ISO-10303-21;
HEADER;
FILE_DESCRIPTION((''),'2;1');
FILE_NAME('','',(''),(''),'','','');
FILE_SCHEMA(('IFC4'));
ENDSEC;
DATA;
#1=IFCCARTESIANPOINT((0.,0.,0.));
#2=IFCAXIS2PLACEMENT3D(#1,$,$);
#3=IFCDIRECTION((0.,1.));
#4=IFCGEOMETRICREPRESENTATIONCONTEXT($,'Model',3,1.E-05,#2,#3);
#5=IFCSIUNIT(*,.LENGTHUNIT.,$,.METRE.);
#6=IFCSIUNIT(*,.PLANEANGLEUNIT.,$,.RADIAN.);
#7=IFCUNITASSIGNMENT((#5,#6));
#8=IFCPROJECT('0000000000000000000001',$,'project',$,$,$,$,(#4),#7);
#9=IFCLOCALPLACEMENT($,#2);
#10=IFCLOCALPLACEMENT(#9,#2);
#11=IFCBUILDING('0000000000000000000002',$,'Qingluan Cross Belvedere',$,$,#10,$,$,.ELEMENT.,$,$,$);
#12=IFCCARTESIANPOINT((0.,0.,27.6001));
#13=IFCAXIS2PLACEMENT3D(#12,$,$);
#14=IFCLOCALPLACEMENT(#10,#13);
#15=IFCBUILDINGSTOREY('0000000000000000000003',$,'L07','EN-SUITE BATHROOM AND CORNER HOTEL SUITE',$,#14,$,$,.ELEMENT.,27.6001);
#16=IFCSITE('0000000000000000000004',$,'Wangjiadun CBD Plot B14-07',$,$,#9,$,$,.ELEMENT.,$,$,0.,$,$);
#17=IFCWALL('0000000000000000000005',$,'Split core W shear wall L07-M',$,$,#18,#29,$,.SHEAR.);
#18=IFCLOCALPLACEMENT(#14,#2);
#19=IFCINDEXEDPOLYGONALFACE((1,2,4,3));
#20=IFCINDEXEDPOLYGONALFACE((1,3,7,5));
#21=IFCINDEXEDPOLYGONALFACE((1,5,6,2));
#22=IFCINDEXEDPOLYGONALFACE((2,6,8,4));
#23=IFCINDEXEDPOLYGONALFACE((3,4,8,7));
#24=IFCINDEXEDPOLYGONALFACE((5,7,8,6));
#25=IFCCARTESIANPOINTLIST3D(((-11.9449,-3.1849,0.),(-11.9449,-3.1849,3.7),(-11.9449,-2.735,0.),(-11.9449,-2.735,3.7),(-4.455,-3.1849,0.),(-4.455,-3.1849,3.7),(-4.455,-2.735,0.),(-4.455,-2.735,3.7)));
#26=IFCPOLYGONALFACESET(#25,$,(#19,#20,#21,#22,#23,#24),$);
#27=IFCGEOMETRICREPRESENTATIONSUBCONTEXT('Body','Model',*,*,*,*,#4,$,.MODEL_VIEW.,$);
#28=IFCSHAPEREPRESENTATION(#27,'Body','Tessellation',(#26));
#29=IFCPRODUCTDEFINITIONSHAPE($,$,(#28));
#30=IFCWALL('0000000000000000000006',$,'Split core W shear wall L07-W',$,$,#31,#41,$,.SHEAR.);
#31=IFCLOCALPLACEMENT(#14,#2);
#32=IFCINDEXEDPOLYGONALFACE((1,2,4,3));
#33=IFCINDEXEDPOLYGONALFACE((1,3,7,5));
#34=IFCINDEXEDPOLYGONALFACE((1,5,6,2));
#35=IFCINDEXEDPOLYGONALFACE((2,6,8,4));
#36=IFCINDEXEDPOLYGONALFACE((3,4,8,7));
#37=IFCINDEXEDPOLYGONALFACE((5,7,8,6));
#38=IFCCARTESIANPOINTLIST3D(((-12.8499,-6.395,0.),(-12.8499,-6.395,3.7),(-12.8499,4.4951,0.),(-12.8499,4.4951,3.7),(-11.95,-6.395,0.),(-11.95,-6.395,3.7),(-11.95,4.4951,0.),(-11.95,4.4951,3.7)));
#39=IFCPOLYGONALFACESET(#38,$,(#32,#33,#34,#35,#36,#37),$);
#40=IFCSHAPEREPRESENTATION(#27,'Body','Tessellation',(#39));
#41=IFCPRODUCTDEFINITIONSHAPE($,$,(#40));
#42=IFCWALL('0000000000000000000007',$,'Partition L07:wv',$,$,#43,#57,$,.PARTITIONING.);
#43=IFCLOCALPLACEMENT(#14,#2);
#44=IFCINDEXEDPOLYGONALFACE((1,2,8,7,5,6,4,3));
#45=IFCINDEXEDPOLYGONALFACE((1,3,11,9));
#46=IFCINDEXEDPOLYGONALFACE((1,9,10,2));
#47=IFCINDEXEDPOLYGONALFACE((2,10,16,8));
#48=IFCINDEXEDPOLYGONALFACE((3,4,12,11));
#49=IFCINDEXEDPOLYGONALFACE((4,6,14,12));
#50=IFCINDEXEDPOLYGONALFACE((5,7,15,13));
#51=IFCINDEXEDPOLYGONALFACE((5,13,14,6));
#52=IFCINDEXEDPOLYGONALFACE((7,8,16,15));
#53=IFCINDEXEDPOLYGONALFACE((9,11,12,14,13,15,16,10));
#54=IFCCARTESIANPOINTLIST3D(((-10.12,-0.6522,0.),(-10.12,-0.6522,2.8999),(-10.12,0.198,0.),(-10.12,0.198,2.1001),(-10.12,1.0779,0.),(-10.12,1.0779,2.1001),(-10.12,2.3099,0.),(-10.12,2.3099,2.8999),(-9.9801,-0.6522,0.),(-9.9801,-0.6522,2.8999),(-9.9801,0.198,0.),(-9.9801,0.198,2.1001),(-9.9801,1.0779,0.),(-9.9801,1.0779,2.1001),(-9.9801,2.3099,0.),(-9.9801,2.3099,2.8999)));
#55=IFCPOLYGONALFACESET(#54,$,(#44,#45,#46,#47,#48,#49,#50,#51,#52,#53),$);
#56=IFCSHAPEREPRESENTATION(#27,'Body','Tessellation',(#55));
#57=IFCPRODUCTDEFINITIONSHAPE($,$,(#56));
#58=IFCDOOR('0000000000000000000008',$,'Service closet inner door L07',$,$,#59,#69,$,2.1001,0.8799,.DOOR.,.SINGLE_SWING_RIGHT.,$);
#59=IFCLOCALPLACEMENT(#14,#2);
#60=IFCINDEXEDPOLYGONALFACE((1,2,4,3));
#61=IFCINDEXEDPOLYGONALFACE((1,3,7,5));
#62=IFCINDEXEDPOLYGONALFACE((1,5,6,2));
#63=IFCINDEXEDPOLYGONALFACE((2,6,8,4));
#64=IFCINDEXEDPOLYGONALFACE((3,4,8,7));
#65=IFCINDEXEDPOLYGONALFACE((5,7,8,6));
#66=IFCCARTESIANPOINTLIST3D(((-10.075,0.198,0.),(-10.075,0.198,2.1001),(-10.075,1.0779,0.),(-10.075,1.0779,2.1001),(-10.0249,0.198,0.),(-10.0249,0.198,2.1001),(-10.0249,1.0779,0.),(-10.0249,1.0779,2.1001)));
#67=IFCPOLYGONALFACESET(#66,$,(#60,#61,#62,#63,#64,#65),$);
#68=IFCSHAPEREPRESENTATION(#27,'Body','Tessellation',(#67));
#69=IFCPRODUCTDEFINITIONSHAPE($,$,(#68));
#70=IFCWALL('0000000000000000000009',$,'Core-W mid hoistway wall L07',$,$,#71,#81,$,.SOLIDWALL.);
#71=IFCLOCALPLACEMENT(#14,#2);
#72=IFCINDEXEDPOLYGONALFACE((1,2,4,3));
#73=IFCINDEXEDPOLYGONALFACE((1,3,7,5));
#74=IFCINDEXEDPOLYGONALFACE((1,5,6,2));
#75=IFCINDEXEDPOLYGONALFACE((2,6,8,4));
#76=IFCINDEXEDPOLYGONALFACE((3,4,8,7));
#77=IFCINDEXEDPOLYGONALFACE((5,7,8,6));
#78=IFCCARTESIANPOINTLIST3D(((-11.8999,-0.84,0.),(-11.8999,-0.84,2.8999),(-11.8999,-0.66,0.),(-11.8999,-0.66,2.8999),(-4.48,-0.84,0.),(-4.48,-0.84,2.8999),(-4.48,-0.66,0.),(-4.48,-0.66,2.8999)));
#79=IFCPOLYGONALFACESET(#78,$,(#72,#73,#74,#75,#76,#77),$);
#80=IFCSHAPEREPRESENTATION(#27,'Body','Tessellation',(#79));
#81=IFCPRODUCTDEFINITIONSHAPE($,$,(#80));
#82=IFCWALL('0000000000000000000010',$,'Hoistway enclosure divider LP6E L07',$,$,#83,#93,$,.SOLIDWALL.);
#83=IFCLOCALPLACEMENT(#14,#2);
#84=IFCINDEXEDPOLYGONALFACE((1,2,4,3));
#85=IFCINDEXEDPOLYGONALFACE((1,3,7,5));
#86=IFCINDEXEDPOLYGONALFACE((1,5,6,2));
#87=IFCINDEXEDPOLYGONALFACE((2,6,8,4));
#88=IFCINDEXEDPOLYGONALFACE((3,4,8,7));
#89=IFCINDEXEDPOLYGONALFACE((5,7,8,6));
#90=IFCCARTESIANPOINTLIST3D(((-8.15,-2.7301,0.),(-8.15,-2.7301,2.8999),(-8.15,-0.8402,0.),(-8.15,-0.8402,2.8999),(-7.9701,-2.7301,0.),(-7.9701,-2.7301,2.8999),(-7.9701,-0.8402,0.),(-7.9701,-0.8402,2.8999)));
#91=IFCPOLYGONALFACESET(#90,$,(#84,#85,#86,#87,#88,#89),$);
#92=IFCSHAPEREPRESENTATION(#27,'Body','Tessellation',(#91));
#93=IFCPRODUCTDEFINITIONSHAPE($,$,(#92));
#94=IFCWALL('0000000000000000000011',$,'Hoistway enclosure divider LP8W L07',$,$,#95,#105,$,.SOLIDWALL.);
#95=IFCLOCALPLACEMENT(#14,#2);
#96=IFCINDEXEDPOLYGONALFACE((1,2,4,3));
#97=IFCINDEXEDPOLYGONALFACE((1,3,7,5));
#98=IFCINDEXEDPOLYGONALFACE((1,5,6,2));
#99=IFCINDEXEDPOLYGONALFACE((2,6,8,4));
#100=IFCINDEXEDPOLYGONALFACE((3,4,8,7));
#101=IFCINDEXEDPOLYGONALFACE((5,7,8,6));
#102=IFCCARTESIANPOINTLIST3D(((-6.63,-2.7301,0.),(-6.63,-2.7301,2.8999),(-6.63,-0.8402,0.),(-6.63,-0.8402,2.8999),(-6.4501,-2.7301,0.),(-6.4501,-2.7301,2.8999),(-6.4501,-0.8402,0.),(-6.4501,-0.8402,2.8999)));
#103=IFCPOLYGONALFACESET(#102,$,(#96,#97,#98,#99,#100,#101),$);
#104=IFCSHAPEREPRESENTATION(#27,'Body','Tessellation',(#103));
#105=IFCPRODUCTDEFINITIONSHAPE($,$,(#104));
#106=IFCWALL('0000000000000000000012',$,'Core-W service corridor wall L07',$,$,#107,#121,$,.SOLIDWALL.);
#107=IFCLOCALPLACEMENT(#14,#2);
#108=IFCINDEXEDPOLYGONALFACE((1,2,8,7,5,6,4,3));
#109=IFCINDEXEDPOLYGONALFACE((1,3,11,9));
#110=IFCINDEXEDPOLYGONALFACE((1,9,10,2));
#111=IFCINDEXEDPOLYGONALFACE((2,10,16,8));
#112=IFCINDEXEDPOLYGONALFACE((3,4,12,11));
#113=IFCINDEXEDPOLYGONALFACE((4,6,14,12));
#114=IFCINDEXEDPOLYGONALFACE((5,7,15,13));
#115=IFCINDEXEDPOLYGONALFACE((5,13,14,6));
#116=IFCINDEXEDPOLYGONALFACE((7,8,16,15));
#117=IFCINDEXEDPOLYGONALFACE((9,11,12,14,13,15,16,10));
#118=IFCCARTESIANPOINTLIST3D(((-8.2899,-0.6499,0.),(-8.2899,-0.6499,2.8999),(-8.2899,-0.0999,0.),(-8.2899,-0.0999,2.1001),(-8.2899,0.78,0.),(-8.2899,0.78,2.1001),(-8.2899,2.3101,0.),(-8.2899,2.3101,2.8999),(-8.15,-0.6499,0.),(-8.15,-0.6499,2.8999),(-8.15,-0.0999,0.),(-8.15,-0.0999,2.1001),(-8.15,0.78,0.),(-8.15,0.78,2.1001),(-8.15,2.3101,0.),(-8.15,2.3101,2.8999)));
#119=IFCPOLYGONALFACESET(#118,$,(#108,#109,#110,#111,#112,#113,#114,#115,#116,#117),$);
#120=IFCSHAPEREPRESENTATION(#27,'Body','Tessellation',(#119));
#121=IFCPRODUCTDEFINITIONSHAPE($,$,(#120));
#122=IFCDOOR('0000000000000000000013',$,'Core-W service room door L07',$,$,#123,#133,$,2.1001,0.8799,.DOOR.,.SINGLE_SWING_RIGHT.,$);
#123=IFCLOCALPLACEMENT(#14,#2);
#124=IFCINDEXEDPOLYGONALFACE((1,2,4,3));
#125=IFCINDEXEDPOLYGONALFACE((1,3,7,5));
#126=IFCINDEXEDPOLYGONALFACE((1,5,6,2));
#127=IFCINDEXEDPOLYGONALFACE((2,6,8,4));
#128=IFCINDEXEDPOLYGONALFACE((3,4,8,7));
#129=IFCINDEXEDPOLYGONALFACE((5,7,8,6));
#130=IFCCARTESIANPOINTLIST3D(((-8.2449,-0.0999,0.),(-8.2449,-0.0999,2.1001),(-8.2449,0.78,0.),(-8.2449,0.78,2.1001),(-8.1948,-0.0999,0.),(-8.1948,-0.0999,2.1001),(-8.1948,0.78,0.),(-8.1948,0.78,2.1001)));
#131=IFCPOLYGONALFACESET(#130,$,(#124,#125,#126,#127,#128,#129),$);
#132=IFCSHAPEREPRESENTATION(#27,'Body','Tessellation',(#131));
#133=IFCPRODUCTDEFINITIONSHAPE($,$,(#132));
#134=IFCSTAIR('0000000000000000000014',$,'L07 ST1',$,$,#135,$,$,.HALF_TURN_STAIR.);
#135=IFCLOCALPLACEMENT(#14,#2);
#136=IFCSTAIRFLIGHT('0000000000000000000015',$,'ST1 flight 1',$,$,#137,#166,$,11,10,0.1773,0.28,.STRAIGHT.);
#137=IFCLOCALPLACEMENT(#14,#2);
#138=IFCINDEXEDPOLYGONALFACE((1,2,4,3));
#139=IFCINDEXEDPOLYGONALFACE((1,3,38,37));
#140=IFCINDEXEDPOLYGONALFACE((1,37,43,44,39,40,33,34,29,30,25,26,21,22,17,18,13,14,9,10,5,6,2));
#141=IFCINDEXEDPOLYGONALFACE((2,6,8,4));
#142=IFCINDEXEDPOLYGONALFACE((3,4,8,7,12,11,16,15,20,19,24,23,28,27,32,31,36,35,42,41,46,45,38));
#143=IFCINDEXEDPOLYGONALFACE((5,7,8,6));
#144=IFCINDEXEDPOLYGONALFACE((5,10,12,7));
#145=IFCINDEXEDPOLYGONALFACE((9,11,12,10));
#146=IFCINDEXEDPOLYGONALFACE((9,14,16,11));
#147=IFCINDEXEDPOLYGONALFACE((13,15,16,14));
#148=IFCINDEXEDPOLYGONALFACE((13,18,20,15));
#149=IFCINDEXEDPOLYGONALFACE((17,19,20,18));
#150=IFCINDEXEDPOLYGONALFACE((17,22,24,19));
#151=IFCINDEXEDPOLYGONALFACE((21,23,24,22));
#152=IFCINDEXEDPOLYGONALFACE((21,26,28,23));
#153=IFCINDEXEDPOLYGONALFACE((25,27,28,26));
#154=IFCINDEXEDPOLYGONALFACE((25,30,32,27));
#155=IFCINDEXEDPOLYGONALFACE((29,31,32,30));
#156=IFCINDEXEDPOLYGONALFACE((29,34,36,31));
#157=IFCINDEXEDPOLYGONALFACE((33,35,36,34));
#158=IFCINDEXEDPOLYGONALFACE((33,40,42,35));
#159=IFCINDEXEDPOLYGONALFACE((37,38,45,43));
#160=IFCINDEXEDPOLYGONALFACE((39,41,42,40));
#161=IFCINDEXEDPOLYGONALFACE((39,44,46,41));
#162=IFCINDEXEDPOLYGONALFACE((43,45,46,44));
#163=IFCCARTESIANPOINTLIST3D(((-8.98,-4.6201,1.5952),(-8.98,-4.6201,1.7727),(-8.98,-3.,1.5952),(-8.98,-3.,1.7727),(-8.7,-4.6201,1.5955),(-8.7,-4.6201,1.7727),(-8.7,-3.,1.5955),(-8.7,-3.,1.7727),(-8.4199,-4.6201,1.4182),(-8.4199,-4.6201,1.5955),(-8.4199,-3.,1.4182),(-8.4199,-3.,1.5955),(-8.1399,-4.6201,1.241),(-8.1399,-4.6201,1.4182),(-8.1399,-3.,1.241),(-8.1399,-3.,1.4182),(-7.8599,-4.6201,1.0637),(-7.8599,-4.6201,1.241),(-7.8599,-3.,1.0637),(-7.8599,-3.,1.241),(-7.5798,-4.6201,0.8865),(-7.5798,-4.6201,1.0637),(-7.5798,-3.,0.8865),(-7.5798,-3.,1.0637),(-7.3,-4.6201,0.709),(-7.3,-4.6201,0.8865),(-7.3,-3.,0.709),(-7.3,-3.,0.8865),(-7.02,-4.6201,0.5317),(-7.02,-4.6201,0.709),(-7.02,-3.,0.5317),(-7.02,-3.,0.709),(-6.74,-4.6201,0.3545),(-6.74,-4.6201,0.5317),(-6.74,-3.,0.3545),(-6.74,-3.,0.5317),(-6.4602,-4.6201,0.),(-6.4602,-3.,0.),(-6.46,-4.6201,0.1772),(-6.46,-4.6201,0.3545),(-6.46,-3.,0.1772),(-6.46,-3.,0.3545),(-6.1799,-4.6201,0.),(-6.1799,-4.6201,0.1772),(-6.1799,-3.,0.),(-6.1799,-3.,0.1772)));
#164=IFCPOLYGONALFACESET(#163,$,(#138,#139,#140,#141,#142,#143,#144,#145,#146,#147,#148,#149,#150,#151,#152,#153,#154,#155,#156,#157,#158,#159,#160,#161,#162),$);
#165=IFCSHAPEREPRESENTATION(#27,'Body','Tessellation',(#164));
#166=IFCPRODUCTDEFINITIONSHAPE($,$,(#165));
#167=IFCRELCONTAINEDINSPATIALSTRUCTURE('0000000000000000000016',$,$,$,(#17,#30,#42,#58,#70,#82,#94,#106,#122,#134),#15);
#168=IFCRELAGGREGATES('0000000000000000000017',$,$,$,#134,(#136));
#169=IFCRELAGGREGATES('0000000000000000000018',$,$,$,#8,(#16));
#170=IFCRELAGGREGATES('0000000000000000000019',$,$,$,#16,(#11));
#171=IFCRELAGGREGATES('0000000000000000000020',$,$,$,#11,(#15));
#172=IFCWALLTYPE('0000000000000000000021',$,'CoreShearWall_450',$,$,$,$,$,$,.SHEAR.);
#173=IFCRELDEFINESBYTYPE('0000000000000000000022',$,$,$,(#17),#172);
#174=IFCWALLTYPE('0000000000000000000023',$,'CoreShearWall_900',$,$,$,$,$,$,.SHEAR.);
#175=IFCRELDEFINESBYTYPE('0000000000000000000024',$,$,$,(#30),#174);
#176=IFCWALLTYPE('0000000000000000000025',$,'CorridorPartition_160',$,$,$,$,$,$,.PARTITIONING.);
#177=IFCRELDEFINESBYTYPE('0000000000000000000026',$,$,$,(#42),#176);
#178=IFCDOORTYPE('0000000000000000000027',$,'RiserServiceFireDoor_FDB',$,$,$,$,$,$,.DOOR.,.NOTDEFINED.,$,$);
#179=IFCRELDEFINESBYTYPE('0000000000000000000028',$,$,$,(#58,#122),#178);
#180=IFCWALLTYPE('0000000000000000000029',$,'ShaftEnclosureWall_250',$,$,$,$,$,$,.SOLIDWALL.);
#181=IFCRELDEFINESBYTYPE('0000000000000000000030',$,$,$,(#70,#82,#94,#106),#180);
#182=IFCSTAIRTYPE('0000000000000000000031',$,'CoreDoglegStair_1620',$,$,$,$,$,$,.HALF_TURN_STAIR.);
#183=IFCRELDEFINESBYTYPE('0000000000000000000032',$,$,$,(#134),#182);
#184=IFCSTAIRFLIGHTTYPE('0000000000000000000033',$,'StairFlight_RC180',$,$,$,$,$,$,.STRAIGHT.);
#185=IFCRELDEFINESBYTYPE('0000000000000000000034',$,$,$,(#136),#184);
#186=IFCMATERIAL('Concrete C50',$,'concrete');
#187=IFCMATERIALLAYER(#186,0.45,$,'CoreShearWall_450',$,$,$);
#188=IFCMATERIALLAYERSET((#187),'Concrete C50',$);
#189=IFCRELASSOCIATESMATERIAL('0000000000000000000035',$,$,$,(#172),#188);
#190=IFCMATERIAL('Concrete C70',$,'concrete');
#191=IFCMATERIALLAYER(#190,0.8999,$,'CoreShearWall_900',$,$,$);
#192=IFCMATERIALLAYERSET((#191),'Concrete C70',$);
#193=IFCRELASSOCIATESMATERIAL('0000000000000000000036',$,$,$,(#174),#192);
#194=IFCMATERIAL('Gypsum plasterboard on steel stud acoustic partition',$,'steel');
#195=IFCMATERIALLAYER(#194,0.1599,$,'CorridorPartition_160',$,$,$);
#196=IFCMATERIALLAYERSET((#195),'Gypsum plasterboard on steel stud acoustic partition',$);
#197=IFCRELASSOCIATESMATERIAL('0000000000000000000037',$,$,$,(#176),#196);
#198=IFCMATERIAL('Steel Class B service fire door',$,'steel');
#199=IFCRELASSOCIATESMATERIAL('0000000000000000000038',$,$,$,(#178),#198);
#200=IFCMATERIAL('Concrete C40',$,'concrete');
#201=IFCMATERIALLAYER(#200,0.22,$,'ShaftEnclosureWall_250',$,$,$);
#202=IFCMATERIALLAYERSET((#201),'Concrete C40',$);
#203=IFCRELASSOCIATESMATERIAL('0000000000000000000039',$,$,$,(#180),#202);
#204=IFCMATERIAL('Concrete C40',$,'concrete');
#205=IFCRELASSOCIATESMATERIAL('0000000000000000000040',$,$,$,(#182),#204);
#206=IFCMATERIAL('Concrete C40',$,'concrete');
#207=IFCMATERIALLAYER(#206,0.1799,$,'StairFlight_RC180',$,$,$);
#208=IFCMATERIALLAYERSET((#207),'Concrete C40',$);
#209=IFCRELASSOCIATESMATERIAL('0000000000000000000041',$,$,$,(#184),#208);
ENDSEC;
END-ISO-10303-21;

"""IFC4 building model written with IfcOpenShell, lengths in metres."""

from ifc_helpers import new_model, si_unit, direction, frame, frame_2d, origin, place, context, subcontext, project, spatial, polyline, rectangle, outline, extrude, material, layer, layer_set, type_object, element, fill, aggregate, save


model = new_model("IFC4")

# Units and contexts
model_context = context("Model", 3, precision=1e-05, world=origin(), true_north=direction((0.0, 1.0)))
body_context = subcontext(model_context, "Body", "Model", "MODEL_VIEW")
ifc_project = project(units=[si_unit("LENGTHUNIT", "METRE"), si_unit("PLANEANGLEUNIT", "RADIAN")], contexts=[model_context])

# Site, building, storey
site_placement = place(None, origin())
site = spatial("IfcSite", under=ifc_project, at=site_placement, Name="Wangjiadun CBD Plot B14-07", CompositionType="ELEMENT", RefElevation=0.0)
building_placement = place(site_placement, origin())
building = spatial("IfcBuilding", under=site, at=building_placement, Name="Qingluan Cross Belvedere", CompositionType="ELEMENT")
storey_placement = place(building_placement, frame((0.0, 0.0, 27.6001)))
storey = spatial("IfcBuildingStorey", under=building, at=storey_placement, Name="L07", Description="EN-SUITE BATHROOM AND CORNER HOTEL SUITE", CompositionType="ELEMENT", Elevation=27.6001)

# Walls
ifc_material_1 = material(Name="Concrete C50", Category="concrete")
ifc_layer_1 = layer(ifc_material_1, 0.45, Name="CoreShearWall_450")
ifc_layer_set_1 = layer_set([ifc_layer_1], Name="Concrete C50")
wall_type_1 = type_object("IfcWallType", Name="CoreShearWall_450", PredefinedType="SHEAR", material=ifc_layer_set_1)
wall_1_placement = place(storey_placement, frame((-11.9451, -2.96, 0.0), z_axis=(0.0, 0.0, 1.0), x_axis=(1.0, 0.0, 0.0)))
element("IfcWall", 1, at=wall_1_placement, inside=storey, type_object=wall_type_1, Name="Split core W shear wall L07-M", PredefinedType="SHEAR", context=body_context, shape_type="SweptSolid", body=[
    extrude(rectangle(XDim=7.49, YDim=0.45, at=frame_2d((3.7451, 0.0))), origin(), (0.0, 0.0, 1.0), 3.7),
])
ifc_material_2 = material(Name="Concrete C70", Category="concrete")
ifc_layer_2 = layer(ifc_material_2, 0.8999, Name="CoreShearWall_900")
ifc_layer_set_2 = layer_set([ifc_layer_2], Name="Concrete C70")
wall_type_2 = type_object("IfcWallType", Name="CoreShearWall_900", PredefinedType="SHEAR", material=ifc_layer_set_2)
wall_2_placement = place(storey_placement, frame((-12.3999, -6.395, 0.0), z_axis=(0.0, 0.0, 1.0), x_axis=(0.0, 1.0, 0.0)))
element("IfcWall", 2, at=wall_2_placement, inside=storey, type_object=wall_type_2, Name="Split core W shear wall L07-W", PredefinedType="SHEAR", context=body_context, shape_type="SweptSolid", body=[
    extrude(rectangle(XDim=10.8901, YDim=0.8999, at=frame_2d((5.4451, 0.0))), origin(), (0.0, 0.0, 1.0), 3.7),
])

# Wall, opening, door
ifc_material_3 = material(Name="Gypsum plasterboard on steel stud acoustic partition", Category="steel")
ifc_layer_3 = layer(ifc_material_3, 0.1599, Name="CorridorPartition_160")
ifc_layer_set_3 = layer_set([ifc_layer_3], Name="Gypsum plasterboard on steel stud acoustic partition")
wall_type_3 = type_object("IfcWallType", Name="CorridorPartition_160", PredefinedType="PARTITIONING", material=ifc_layer_set_3)
wall_3_placement = place(storey_placement, frame((-10.05, -0.6521, 0.0), z_axis=(0.0, 0.0, 1.0), x_axis=(0.0, 1.0, 0.0)))
wall_3 = element("IfcWall", 3, at=wall_3_placement, inside=storey, type_object=wall_type_3, Name="Partition L07:wv", PredefinedType="PARTITIONING", context=body_context, shape_type="SweptSolid", body=[
    extrude(rectangle(XDim=2.9622, YDim=0.1399, at=frame_2d((1.481, 0.0))), origin(), (0.0, 0.0, 1.0), 2.8999),
])
opening_1_placement = place(wall_3_placement, frame((0.8501, 0.0, 0.0)))
opening_1 = element("IfcOpeningElement", 4, at=opening_1_placement, cuts=wall_3, PredefinedType="OPENING", context=body_context, shape_type="SweptSolid", body=[
    extrude(rectangle(XDim=0.8799, YDim=2.1001, at=frame_2d((0.4399, 1.05))), frame((0.0, 0.0798, 0.0), z_axis=(0.0, -1.0, 0.0), x_axis=(1.0, 0.0, 0.0)), (0.0, 0.0, 1.0), 0.1599),
])
ifc_material_4 = material(Name="Steel Class B service fire door", Category="steel")
door_type_1 = type_object("IfcDoorType", Name="RiserServiceFireDoor_FDB", OperationType="NOTDEFINED", PredefinedType="DOOR", material=ifc_material_4)
door_1_placement = place(opening_1_placement, origin())
door_1 = element("IfcDoor", 5, at=door_1_placement, inside=storey, type_object=door_type_1, Name="Service closet inner door L07", OperationType="SINGLE_SWING_RIGHT", OverallHeight=2.1001, OverallWidth=0.8799, PredefinedType="DOOR", context=body_context, shape_type="SweptSolid", body=[
    extrude(rectangle(XDim=0.8799, YDim=2.1001, at=frame_2d((0.4399, 1.05))), frame((0.0, 0.0249, 0.0), z_axis=(0.0, -1.0, 0.0), x_axis=(1.0, 0.0, 0.0)), (0.0, 0.0, 1.0), 0.05),
])
fill(opening_1, door_1)

# Walls
ifc_material_5 = material(Name="Concrete C40", Category="concrete")
ifc_layer_4 = layer(ifc_material_5, 0.22, Name="ShaftEnclosureWall_250")
ifc_layer_set_4 = layer_set([ifc_layer_4], Name="Concrete C40")
wall_type_4 = type_object("IfcWallType", Name="ShaftEnclosureWall_250", PredefinedType="SOLIDWALL", material=ifc_layer_set_4)
wall_4_placement = place(storey_placement, frame((-11.8999, -0.75, 0.0), z_axis=(0.0, 0.0, 1.0), x_axis=(1.0, 0.0, 0.0)))
element("IfcWall", 6, at=wall_4_placement, inside=storey, type_object=wall_type_4, Name="Core-W mid hoistway wall L07", PredefinedType="SOLIDWALL", context=body_context, shape_type="SweptSolid", body=[
    extrude(rectangle(XDim=7.4199, YDim=0.1799, at=frame_2d((3.71, 0.0))), origin(), (0.0, 0.0, 1.0), 2.8999),
])
for number, where, z_axis, x_axis, name in (
    (7, (-8.0601, -2.73, 0.0), (0.0, 0.0, 1.0), (0.0, 1.0, 0.0), "Hoistway enclosure divider LP6E L07"),
    (8, (-6.54, -2.73, 0.0), (0.0, 0.0, 1.0), (0.0, 1.0, 0.0), "Hoistway enclosure divider LP8W L07"),
):
    element("IfcWall", number, at=place(storey_placement, frame(where, z_axis=z_axis, x_axis=x_axis)), inside=storey, type_object=wall_type_4, Name=name, PredefinedType="SOLIDWALL", context=body_context, shape_type="SweptSolid", body=[
        extrude(rectangle(XDim=1.8899, YDim=0.1799, at=frame_2d((0.9448, 0.0))), origin(), (0.0, 0.0, 1.0), 2.8999),
    ])

# Wall, opening, door
wall_5_placement = place(storey_placement, frame((-8.22, -0.6499, 0.0), z_axis=(0.0, 0.0, 1.0), x_axis=(0.0, 1.0, 0.0)))
wall_5 = element("IfcWall", 9, at=wall_5_placement, inside=storey, type_object=wall_type_4, Name="Core-W service corridor wall L07", PredefinedType="SOLIDWALL", context=body_context, shape_type="SweptSolid", body=[
    extrude(rectangle(XDim=2.96, YDim=0.1399, at=frame_2d((1.48, 0.0))), origin(), (0.0, 0.0, 1.0), 2.8999),
])
opening_2_placement = place(wall_5_placement, frame((0.55, 0.0, 0.0)))
opening_2 = element("IfcOpeningElement", 10, at=opening_2_placement, cuts=wall_5, PredefinedType="OPENING", context=body_context, shape_type="SweptSolid", body=[
    extrude(rectangle(XDim=0.8799, YDim=2.1001, at=frame_2d((0.4399, 1.05))), frame((0.0, 0.0798, 0.0), z_axis=(0.0, -1.0, 0.0), x_axis=(1.0, 0.0, 0.0)), (0.0, 0.0, 1.0), 0.1599),
])
door_2_placement = place(opening_2_placement, origin())
door_2 = element("IfcDoor", 11, at=door_2_placement, inside=storey, type_object=door_type_1, Name="Core-W service room door L07", OperationType="SINGLE_SWING_RIGHT", OverallHeight=2.1001, OverallWidth=0.8799, PredefinedType="DOOR", context=body_context, shape_type="SweptSolid", body=[
    extrude(rectangle(XDim=0.8799, YDim=2.1001, at=frame_2d((0.4399, 1.05))), frame((0.0, 0.0249, 0.0), z_axis=(0.0, -1.0, 0.0), x_axis=(1.0, 0.0, 0.0)), (0.0, 0.0, 1.0), 0.05),
])
fill(opening_2, door_2)

# Stair, stair flight
ifc_material_6 = material(Name="Concrete C40", Category="concrete")
stair_type = type_object("IfcStairType", Name="CoreDoglegStair_1620", PredefinedType="HALF_TURN_STAIR", material=ifc_material_6)
stair_placement = place(storey_placement, origin())
stair = element("IfcStair", 12, at=stair_placement, inside=storey, type_object=stair_type, Name="L07 ST1", PredefinedType="HALF_TURN_STAIR")
ifc_material_7 = material(Name="Concrete C40", Category="concrete")
ifc_layer_5 = layer(ifc_material_7, 0.1799, Name="StairFlight_RC180")
ifc_layer_set_5 = layer_set([ifc_layer_5], Name="Concrete C40")
stair_flight_type = type_object("IfcStairFlightType", Name="StairFlight_RC180", PredefinedType="STRAIGHT", material=ifc_layer_set_5)
stair_flight_1_placement = place(storey_placement, frame((-6.1799, -3.8101, 0.0), z_axis=(0.0, 0.0, 1.0), x_axis=(-1.0, 0.0, 0.0)))
stair_flight_1 = element("IfcStairFlight", 13, at=stair_flight_1_placement, type_object=stair_flight_type, Name="ST1 flight 1", NumberOfRisers=11, NumberOfTreads=10, PredefinedType="STRAIGHT", RiserHeight=0.1773, TreadLength=0.28, context=body_context, shape_type="SweptSolid", body=[
    extrude(outline(polyline([(0.0, 0.0), (0.0, 0.1772), (0.28, 0.1772), (0.28, 0.3545), (0.5601, 0.3545), (0.5601, 0.5317), (0.8401, 0.5317), (0.8401, 0.709), (1.1201, 0.709), (1.1201, 0.8865), (1.3999, 0.8865), (1.3999, 1.0637), (1.6799, 1.0637), (1.6799, 1.241), (1.96, 1.241), (1.96, 1.4182), (2.24, 1.4182), (2.24, 1.5955), (2.52, 1.5955), (2.52, 1.7727), (2.8, 1.7727), (2.8, 1.95), (2.8, 1.5952), (0.2803, 0.0), (0.0, 0.0)])), frame((0.0, 0.8101, 0.0), z_axis=(0.0, -1.0, 0.0), x_axis=(1.0, 0.0, 0.0)), (0.0, 0.0, 1.0), 1.6201),
])
aggregate(stair, [stair_flight_1])

save(model, "model.ifc")
